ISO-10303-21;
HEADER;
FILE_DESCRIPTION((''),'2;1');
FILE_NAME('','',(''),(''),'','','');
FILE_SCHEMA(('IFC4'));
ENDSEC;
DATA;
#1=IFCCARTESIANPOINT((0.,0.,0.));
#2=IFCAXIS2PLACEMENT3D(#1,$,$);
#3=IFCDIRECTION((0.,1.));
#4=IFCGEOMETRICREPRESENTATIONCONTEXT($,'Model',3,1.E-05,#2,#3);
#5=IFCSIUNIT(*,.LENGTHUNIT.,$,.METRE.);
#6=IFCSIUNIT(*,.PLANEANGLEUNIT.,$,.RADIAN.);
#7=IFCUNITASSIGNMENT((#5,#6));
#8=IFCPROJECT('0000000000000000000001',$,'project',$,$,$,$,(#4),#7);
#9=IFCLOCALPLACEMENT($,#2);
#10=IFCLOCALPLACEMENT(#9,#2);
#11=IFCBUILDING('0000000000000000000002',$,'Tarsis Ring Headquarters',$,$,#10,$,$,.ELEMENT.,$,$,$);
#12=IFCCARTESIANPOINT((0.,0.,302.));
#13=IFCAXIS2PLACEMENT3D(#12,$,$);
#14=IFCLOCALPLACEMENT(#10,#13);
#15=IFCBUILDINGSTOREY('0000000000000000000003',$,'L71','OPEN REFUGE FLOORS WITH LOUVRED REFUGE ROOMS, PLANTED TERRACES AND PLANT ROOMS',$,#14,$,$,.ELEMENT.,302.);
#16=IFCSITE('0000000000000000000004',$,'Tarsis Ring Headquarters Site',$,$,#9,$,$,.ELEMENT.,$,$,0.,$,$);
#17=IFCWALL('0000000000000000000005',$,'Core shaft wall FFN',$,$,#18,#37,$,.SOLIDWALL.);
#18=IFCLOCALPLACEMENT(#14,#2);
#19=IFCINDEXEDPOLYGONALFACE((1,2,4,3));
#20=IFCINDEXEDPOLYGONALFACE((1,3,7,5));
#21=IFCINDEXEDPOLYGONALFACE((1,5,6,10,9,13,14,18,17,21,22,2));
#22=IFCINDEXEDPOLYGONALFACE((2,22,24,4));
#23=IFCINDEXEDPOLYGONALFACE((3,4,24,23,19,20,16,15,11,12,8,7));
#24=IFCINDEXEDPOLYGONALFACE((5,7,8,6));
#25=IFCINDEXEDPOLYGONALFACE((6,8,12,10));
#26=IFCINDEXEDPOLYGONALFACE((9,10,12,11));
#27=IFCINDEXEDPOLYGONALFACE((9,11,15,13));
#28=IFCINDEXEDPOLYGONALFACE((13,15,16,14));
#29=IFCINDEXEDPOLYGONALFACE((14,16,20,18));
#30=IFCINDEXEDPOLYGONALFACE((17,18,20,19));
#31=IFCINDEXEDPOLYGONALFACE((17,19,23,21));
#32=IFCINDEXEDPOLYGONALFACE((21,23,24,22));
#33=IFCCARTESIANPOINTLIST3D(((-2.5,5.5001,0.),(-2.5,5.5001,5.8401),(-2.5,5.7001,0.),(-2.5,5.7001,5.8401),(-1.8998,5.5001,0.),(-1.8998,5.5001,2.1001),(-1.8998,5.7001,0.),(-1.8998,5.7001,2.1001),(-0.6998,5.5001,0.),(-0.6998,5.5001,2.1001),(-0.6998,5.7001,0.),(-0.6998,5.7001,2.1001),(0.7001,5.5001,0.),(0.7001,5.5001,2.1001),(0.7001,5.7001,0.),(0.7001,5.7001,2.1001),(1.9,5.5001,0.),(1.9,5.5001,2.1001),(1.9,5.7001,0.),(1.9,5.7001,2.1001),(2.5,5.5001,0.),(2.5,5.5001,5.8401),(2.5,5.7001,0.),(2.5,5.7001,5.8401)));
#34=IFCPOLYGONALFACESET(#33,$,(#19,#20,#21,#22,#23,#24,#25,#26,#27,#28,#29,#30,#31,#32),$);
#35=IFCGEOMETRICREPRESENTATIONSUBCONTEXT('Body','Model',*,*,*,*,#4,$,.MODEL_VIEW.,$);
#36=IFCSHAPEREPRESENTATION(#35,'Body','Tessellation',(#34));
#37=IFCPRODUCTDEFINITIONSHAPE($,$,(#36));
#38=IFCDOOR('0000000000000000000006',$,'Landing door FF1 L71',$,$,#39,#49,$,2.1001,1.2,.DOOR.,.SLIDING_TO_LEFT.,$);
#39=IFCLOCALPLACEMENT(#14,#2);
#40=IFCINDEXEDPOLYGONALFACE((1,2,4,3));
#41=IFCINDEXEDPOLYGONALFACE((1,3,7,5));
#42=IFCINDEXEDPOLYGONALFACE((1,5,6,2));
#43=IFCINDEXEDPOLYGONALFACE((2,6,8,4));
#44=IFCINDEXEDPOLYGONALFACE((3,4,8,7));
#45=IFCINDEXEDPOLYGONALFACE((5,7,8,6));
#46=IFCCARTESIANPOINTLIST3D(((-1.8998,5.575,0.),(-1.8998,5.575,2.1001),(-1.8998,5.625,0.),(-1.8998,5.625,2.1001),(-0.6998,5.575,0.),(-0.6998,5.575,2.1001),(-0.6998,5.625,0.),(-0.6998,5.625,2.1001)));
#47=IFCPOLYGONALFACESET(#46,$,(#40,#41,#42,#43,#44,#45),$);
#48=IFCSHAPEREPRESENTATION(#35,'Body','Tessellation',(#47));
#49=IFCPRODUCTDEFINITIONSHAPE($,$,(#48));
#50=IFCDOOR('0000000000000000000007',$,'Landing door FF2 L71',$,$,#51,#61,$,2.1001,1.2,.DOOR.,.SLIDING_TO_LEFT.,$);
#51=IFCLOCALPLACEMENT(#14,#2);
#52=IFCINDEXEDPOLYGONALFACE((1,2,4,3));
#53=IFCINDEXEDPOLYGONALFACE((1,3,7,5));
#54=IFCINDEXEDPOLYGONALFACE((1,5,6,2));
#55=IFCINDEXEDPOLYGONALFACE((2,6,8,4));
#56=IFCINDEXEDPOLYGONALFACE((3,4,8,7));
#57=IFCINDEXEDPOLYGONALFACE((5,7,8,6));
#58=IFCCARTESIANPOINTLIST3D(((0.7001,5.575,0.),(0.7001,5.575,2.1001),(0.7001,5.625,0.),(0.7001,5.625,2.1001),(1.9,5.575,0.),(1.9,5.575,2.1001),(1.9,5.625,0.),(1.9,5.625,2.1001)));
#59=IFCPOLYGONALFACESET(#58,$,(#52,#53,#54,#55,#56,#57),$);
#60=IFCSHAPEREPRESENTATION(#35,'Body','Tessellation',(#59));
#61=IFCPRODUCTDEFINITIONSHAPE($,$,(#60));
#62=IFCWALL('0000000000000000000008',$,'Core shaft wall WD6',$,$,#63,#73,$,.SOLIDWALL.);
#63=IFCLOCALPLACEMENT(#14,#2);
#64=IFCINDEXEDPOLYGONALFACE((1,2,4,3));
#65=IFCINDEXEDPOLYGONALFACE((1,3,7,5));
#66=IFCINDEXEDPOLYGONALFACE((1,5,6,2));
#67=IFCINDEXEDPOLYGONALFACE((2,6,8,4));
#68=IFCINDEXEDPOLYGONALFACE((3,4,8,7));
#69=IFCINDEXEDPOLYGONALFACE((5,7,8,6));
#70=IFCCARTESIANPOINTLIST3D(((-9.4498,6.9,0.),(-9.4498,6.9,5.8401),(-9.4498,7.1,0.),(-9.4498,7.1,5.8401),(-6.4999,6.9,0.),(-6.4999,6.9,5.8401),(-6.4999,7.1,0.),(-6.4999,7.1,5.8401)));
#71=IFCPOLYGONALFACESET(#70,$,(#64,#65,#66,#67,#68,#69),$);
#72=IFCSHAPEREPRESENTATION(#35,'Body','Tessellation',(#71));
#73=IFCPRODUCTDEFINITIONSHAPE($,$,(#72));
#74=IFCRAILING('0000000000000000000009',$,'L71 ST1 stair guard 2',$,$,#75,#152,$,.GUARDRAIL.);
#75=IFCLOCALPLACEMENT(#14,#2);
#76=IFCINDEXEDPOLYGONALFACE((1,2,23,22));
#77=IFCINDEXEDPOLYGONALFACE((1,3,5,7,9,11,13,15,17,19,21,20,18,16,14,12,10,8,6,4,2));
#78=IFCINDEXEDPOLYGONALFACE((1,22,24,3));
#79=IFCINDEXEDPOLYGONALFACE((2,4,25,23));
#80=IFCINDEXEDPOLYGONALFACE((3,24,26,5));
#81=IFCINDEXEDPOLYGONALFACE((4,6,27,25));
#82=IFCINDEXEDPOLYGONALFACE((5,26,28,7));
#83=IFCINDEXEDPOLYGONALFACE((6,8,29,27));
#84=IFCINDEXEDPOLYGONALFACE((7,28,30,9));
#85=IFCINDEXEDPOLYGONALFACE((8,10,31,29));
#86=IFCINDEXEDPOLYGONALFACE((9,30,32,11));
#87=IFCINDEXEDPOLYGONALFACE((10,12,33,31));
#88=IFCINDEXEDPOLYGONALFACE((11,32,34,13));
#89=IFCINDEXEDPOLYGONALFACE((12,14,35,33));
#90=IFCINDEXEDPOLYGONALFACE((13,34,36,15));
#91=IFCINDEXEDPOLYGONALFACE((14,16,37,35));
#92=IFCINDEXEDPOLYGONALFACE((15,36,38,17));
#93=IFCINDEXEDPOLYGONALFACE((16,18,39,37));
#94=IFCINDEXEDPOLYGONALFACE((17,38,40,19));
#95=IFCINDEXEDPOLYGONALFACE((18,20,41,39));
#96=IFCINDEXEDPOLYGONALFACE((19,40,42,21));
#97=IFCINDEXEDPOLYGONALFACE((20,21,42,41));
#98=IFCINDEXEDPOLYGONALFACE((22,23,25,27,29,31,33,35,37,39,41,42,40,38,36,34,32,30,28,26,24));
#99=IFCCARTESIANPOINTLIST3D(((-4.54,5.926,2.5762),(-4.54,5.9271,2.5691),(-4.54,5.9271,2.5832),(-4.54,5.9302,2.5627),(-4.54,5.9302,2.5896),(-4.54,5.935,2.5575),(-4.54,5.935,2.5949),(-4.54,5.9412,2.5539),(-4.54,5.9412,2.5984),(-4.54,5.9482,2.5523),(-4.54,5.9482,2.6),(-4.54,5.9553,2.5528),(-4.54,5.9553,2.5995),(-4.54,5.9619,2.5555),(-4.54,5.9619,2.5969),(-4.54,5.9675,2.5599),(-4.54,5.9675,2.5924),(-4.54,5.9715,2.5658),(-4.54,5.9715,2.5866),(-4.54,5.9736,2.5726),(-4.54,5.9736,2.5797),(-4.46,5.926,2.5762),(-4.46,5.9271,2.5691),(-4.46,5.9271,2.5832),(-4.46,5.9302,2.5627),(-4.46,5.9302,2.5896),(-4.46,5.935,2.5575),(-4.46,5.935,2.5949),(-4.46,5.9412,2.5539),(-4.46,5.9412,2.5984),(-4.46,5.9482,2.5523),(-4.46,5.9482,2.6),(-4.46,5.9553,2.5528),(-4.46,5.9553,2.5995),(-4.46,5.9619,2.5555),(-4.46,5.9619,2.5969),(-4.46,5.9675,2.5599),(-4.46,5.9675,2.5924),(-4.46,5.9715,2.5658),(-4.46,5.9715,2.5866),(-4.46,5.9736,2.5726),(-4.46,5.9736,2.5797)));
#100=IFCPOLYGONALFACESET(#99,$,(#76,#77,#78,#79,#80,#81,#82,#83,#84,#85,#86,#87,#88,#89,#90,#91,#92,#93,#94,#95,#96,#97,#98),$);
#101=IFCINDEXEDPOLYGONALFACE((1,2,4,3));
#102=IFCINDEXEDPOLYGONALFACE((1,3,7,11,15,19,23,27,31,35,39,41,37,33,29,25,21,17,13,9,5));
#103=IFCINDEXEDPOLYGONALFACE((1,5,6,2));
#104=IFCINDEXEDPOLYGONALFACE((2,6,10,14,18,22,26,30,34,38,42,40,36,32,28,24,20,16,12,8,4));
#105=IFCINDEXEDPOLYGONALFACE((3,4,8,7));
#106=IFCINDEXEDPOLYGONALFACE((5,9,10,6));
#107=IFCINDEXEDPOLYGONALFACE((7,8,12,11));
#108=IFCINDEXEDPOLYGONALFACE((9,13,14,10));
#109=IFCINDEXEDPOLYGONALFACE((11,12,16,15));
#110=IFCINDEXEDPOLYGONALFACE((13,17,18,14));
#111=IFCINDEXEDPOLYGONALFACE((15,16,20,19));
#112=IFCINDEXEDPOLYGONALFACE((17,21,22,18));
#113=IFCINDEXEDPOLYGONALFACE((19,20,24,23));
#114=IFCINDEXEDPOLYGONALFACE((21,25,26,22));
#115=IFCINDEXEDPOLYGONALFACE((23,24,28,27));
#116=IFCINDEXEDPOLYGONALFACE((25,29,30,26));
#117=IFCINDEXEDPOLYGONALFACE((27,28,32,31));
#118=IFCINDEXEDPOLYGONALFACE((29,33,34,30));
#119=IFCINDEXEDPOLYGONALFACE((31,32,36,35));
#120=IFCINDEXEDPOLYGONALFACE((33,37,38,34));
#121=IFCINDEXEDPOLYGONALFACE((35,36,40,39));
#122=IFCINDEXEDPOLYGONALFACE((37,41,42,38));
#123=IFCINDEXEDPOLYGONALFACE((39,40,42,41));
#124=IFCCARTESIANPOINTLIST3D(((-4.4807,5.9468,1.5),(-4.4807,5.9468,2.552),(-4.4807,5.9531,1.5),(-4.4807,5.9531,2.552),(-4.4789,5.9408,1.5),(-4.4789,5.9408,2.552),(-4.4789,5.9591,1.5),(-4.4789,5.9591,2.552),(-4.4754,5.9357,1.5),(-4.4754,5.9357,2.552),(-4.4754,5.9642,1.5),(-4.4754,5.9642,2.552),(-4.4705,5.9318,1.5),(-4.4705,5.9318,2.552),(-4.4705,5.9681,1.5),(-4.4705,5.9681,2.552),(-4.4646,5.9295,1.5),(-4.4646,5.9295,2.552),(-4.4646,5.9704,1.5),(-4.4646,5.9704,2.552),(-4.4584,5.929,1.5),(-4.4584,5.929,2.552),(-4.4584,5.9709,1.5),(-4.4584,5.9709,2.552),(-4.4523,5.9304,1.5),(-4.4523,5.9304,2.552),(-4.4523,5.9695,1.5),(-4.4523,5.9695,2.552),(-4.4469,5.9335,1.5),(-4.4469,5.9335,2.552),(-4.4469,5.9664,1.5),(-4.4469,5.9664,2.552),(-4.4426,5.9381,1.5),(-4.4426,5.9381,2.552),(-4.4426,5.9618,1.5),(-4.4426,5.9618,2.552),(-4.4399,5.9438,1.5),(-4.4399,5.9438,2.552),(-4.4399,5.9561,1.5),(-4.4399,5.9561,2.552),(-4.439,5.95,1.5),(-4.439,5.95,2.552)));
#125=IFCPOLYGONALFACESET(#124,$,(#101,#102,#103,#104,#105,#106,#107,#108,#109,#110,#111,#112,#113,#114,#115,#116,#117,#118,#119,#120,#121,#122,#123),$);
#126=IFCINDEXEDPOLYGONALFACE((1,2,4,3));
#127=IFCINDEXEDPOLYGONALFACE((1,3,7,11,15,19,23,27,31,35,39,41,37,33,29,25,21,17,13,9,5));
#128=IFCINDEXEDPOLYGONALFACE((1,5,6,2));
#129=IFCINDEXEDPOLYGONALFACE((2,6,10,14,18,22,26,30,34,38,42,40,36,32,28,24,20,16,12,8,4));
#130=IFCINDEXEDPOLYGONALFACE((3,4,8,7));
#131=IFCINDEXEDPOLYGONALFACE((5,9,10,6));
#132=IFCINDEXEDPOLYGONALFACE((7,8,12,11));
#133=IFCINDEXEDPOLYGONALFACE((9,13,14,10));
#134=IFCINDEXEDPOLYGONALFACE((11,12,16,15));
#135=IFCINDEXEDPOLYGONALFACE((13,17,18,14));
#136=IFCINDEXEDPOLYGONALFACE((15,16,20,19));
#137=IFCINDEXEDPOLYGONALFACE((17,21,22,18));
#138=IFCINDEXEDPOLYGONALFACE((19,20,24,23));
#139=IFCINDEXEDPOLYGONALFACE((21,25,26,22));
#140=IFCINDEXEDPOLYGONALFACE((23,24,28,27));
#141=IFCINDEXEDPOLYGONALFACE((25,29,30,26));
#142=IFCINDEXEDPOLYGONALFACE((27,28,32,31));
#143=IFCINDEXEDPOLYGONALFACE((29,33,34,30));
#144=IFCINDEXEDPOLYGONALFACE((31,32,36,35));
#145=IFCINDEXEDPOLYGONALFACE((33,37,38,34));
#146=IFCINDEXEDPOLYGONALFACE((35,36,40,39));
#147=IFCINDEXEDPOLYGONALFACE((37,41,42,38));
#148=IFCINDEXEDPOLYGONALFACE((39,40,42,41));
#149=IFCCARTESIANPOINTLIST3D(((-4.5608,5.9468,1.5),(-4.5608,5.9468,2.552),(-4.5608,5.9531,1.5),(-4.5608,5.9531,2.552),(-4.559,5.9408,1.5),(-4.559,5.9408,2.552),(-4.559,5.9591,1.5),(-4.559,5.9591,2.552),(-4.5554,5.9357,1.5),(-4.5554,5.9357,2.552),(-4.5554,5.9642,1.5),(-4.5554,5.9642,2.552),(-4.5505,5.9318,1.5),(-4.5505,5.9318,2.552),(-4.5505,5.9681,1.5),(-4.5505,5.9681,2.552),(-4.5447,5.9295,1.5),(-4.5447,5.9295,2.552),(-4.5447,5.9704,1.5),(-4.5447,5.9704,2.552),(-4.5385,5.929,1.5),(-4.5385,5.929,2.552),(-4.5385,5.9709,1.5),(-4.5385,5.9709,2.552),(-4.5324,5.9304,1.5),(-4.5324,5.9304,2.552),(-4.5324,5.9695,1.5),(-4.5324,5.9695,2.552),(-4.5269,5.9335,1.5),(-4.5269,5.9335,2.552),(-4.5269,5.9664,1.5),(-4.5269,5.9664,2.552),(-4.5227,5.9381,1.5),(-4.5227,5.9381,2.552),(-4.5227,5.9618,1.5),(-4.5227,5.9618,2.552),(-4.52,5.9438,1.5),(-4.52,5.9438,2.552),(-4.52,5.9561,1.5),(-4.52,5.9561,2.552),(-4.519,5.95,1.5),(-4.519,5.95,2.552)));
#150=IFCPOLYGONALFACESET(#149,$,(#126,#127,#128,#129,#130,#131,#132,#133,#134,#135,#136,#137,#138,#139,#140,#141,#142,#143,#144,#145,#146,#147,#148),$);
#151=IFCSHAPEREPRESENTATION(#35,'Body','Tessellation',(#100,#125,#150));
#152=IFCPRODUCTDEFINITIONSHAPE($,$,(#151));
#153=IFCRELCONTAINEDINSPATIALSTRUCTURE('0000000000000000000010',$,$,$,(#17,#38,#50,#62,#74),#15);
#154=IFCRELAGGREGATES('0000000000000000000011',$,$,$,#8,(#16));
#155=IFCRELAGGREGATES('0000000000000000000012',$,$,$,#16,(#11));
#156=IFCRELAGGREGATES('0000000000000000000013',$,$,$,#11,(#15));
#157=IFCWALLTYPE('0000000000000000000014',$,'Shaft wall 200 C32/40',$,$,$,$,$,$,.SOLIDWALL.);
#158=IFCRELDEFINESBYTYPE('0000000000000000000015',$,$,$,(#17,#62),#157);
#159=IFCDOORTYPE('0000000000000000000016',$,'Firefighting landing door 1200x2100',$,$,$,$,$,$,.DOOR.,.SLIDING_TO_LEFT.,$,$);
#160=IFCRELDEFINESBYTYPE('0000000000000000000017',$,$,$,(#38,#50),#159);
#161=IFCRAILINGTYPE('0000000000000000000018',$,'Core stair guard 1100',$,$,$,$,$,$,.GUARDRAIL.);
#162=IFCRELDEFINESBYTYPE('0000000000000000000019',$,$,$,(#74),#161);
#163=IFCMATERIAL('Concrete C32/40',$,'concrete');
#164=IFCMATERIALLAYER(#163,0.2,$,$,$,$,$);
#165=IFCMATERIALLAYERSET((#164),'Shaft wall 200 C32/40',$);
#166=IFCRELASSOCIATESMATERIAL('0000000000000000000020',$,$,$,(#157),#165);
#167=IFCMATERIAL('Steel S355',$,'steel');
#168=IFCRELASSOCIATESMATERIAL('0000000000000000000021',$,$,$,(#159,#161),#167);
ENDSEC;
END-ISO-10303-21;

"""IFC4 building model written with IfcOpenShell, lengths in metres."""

from ifc_helpers import new_model, si_unit, direction, frame, frame_2d, origin, origin_2d, place, context, subcontext, project, spatial, rectangle, circle, extrude, material, layer, layer_set, type_object, element, fill, save


model = new_model("IFC4")

# Units and contexts
model_context = context("Model", 3, precision=1e-05, world=origin(), true_north=direction((0.0, 1.0)))
body_context = subcontext(model_context, "Body", "Model", "MODEL_VIEW")
ifc_project = project(units=[si_unit("LENGTHUNIT", "METRE"), si_unit("PLANEANGLEUNIT", "RADIAN")], contexts=[model_context])

# Site, building, storey
site_placement = place(None, origin())
site = spatial("IfcSite", under=ifc_project, at=site_placement, Name="Tarsis Ring Headquarters Site", CompositionType="ELEMENT", RefElevation=0.0)
building_placement = place(site_placement, origin())
building = spatial("IfcBuilding", under=site, at=building_placement, Name="Tarsis Ring Headquarters", CompositionType="ELEMENT")
storey_placement = place(building_placement, frame((0.0, 0.0, 302.0)))
storey = spatial("IfcBuildingStorey", under=building, at=storey_placement, Name="L71", Description="OPEN REFUGE FLOORS WITH LOUVRED REFUGE ROOMS, PLANTED TERRACES AND PLANT ROOMS", CompositionType="ELEMENT", Elevation=302.0)

# Shared definitions
ifc_material_1 = material(Name="Steel S355", Category="steel")

# Shared definitions
ifc_material_2 = material(Name="Concrete C32/40", Category="concrete")
ifc_layer_1 = layer(ifc_material_2, 0.2)
ifc_layer_set_1 = layer_set([ifc_layer_1], Name="Shaft wall 200 C32/40")
wall_type_1 = type_object("IfcWallType", Name="Shaft wall 200 C32/40", PredefinedType="SOLIDWALL", material=ifc_layer_set_1)

# Wall, openings, doors
wall_1_placement = place(storey_placement, frame((-2.5, 5.6001, 0.0), z_axis=(0.0, 0.0, 1.0), x_axis=(1.0, 0.0, 0.0)))
wall_1 = element("IfcWall", 1, at=wall_1_placement, inside=storey, type_object=wall_type_1, Name="Core shaft wall FFN", PredefinedType="SOLIDWALL", context=body_context, shape_type="SweptSolid", body=[
    extrude(rectangle(XDim=5.0, YDim=0.2, at=frame_2d((2.5, 0.0))), origin(), (0.0, 0.0, 1.0), 5.8401),
])
opening_1_placement = place(wall_1_placement, frame((0.6001, 0.0, 0.0)))
opening_1 = element("IfcOpeningElement", 2, at=opening_1_placement, cuts=wall_1, PredefinedType="OPENING", context=body_context, shape_type="SweptSolid", body=[
    extrude(rectangle(XDim=1.2, YDim=2.1001, at=frame_2d((0.6001, 1.05))), frame((0.0, 0.1099, 0.0), z_axis=(0.0, -1.0, 0.0), x_axis=(1.0, 0.0, 0.0)), (0.0, 0.0, 1.0), 0.22),
])
opening_2_placement = place(wall_1_placement, frame((3.2, 0.0, 0.0)))
opening_2 = element("IfcOpeningElement", 3, at=opening_2_placement, cuts=wall_1, PredefinedType="OPENING", context=body_context, shape_type="SweptSolid", body=[
    extrude(rectangle(XDim=1.2, YDim=2.1001, at=frame_2d((0.6001, 1.05))), frame((0.0, 0.1099, 0.0), z_axis=(0.0, -1.0, 0.0), x_axis=(1.0, 0.0, 0.0)), (0.0, 0.0, 1.0), 0.22),
])
door_type_1 = type_object("IfcDoorType", Name="Firefighting landing door 1200x2100", OperationType="SLIDING_TO_LEFT", PredefinedType="DOOR", material=ifc_material_1)
door_1_placement = place(opening_1_placement, origin())
door_1 = element("IfcDoor", 4, at=door_1_placement, inside=storey, type_object=door_type_1, Name="Landing door FF1 L71", OperationType="SLIDING_TO_LEFT", OverallHeight=2.1001, OverallWidth=1.2, PredefinedType="DOOR", context=body_context, shape_type="SweptSolid", body=[
    extrude(rectangle(XDim=1.2, YDim=2.1001, at=frame_2d((0.6001, 1.05))), frame((0.0, 0.0249, 0.0), z_axis=(0.0, -1.0, 0.0), x_axis=(1.0, 0.0, 0.0)), (0.0, 0.0, 1.0), 0.05),
])
fill(opening_1, door_1)
door_2_placement = place(opening_2_placement, origin())
door_2 = element("IfcDoor", 5, at=door_2_placement, inside=storey, type_object=door_type_1, Name="Landing door FF2 L71", OperationType="SLIDING_TO_LEFT", OverallHeight=2.1001, OverallWidth=1.2, PredefinedType="DOOR", context=body_context, shape_type="SweptSolid", body=[
    extrude(rectangle(XDim=1.2, YDim=2.1001, at=frame_2d((0.6001, 1.05))), frame((0.0, 0.0249, 0.0), z_axis=(0.0, -1.0, 0.0), x_axis=(1.0, 0.0, 0.0)), (0.0, 0.0, 1.0), 0.05),
])
fill(opening_2, door_2)

# Wall
wall_2_placement = place(storey_placement, frame((-9.45, 7.0, 0.0), z_axis=(0.0, 0.0, 1.0), x_axis=(1.0, 0.0, 0.0)))
element("IfcWall", 6, at=wall_2_placement, inside=storey, type_object=wall_type_1, Name="Core shaft wall WD6", PredefinedType="SOLIDWALL", context=body_context, shape_type="SweptSolid", body=[
    extrude(rectangle(XDim=2.95, YDim=0.2, at=frame_2d((1.4751, 0.0))), origin(), (0.0, 0.0, 1.0), 5.8401),
])

# Railing
railing_type_1 = type_object("IfcRailingType", Name="Core stair guard 1100", PredefinedType="GUARDRAIL", material=ifc_material_1)
railing_1_placement = place(storey_placement, frame((-4.46, 5.95, 1.5)))
element("IfcRailing", 7, at=railing_1_placement, inside=storey, type_object=railing_type_1, Name="L71 ST1 stair guard 2", PredefinedType="GUARDRAIL", context=body_context, shape_type="SweptSolid", body=[
    extrude(circle(Radius=0.0239, at=origin_2d()), frame((0.0, 0.0, 1.0762), z_axis=(-1.0, 0.0, 0.0), x_axis=(0.0, -1.0, 0.0)), (0.0, 0.0, 1.0), 0.0801),
    extrude(circle(Radius=0.021, at=origin_2d()), origin(), (0.0, 0.0, 1.0), 1.052),
    extrude(circle(Radius=0.021, at=origin_2d()), frame((-0.0801, 0.0, 0.0)), (0.0, 0.0, 1.0), 1.052),
])

save(model, "model.ifc")
